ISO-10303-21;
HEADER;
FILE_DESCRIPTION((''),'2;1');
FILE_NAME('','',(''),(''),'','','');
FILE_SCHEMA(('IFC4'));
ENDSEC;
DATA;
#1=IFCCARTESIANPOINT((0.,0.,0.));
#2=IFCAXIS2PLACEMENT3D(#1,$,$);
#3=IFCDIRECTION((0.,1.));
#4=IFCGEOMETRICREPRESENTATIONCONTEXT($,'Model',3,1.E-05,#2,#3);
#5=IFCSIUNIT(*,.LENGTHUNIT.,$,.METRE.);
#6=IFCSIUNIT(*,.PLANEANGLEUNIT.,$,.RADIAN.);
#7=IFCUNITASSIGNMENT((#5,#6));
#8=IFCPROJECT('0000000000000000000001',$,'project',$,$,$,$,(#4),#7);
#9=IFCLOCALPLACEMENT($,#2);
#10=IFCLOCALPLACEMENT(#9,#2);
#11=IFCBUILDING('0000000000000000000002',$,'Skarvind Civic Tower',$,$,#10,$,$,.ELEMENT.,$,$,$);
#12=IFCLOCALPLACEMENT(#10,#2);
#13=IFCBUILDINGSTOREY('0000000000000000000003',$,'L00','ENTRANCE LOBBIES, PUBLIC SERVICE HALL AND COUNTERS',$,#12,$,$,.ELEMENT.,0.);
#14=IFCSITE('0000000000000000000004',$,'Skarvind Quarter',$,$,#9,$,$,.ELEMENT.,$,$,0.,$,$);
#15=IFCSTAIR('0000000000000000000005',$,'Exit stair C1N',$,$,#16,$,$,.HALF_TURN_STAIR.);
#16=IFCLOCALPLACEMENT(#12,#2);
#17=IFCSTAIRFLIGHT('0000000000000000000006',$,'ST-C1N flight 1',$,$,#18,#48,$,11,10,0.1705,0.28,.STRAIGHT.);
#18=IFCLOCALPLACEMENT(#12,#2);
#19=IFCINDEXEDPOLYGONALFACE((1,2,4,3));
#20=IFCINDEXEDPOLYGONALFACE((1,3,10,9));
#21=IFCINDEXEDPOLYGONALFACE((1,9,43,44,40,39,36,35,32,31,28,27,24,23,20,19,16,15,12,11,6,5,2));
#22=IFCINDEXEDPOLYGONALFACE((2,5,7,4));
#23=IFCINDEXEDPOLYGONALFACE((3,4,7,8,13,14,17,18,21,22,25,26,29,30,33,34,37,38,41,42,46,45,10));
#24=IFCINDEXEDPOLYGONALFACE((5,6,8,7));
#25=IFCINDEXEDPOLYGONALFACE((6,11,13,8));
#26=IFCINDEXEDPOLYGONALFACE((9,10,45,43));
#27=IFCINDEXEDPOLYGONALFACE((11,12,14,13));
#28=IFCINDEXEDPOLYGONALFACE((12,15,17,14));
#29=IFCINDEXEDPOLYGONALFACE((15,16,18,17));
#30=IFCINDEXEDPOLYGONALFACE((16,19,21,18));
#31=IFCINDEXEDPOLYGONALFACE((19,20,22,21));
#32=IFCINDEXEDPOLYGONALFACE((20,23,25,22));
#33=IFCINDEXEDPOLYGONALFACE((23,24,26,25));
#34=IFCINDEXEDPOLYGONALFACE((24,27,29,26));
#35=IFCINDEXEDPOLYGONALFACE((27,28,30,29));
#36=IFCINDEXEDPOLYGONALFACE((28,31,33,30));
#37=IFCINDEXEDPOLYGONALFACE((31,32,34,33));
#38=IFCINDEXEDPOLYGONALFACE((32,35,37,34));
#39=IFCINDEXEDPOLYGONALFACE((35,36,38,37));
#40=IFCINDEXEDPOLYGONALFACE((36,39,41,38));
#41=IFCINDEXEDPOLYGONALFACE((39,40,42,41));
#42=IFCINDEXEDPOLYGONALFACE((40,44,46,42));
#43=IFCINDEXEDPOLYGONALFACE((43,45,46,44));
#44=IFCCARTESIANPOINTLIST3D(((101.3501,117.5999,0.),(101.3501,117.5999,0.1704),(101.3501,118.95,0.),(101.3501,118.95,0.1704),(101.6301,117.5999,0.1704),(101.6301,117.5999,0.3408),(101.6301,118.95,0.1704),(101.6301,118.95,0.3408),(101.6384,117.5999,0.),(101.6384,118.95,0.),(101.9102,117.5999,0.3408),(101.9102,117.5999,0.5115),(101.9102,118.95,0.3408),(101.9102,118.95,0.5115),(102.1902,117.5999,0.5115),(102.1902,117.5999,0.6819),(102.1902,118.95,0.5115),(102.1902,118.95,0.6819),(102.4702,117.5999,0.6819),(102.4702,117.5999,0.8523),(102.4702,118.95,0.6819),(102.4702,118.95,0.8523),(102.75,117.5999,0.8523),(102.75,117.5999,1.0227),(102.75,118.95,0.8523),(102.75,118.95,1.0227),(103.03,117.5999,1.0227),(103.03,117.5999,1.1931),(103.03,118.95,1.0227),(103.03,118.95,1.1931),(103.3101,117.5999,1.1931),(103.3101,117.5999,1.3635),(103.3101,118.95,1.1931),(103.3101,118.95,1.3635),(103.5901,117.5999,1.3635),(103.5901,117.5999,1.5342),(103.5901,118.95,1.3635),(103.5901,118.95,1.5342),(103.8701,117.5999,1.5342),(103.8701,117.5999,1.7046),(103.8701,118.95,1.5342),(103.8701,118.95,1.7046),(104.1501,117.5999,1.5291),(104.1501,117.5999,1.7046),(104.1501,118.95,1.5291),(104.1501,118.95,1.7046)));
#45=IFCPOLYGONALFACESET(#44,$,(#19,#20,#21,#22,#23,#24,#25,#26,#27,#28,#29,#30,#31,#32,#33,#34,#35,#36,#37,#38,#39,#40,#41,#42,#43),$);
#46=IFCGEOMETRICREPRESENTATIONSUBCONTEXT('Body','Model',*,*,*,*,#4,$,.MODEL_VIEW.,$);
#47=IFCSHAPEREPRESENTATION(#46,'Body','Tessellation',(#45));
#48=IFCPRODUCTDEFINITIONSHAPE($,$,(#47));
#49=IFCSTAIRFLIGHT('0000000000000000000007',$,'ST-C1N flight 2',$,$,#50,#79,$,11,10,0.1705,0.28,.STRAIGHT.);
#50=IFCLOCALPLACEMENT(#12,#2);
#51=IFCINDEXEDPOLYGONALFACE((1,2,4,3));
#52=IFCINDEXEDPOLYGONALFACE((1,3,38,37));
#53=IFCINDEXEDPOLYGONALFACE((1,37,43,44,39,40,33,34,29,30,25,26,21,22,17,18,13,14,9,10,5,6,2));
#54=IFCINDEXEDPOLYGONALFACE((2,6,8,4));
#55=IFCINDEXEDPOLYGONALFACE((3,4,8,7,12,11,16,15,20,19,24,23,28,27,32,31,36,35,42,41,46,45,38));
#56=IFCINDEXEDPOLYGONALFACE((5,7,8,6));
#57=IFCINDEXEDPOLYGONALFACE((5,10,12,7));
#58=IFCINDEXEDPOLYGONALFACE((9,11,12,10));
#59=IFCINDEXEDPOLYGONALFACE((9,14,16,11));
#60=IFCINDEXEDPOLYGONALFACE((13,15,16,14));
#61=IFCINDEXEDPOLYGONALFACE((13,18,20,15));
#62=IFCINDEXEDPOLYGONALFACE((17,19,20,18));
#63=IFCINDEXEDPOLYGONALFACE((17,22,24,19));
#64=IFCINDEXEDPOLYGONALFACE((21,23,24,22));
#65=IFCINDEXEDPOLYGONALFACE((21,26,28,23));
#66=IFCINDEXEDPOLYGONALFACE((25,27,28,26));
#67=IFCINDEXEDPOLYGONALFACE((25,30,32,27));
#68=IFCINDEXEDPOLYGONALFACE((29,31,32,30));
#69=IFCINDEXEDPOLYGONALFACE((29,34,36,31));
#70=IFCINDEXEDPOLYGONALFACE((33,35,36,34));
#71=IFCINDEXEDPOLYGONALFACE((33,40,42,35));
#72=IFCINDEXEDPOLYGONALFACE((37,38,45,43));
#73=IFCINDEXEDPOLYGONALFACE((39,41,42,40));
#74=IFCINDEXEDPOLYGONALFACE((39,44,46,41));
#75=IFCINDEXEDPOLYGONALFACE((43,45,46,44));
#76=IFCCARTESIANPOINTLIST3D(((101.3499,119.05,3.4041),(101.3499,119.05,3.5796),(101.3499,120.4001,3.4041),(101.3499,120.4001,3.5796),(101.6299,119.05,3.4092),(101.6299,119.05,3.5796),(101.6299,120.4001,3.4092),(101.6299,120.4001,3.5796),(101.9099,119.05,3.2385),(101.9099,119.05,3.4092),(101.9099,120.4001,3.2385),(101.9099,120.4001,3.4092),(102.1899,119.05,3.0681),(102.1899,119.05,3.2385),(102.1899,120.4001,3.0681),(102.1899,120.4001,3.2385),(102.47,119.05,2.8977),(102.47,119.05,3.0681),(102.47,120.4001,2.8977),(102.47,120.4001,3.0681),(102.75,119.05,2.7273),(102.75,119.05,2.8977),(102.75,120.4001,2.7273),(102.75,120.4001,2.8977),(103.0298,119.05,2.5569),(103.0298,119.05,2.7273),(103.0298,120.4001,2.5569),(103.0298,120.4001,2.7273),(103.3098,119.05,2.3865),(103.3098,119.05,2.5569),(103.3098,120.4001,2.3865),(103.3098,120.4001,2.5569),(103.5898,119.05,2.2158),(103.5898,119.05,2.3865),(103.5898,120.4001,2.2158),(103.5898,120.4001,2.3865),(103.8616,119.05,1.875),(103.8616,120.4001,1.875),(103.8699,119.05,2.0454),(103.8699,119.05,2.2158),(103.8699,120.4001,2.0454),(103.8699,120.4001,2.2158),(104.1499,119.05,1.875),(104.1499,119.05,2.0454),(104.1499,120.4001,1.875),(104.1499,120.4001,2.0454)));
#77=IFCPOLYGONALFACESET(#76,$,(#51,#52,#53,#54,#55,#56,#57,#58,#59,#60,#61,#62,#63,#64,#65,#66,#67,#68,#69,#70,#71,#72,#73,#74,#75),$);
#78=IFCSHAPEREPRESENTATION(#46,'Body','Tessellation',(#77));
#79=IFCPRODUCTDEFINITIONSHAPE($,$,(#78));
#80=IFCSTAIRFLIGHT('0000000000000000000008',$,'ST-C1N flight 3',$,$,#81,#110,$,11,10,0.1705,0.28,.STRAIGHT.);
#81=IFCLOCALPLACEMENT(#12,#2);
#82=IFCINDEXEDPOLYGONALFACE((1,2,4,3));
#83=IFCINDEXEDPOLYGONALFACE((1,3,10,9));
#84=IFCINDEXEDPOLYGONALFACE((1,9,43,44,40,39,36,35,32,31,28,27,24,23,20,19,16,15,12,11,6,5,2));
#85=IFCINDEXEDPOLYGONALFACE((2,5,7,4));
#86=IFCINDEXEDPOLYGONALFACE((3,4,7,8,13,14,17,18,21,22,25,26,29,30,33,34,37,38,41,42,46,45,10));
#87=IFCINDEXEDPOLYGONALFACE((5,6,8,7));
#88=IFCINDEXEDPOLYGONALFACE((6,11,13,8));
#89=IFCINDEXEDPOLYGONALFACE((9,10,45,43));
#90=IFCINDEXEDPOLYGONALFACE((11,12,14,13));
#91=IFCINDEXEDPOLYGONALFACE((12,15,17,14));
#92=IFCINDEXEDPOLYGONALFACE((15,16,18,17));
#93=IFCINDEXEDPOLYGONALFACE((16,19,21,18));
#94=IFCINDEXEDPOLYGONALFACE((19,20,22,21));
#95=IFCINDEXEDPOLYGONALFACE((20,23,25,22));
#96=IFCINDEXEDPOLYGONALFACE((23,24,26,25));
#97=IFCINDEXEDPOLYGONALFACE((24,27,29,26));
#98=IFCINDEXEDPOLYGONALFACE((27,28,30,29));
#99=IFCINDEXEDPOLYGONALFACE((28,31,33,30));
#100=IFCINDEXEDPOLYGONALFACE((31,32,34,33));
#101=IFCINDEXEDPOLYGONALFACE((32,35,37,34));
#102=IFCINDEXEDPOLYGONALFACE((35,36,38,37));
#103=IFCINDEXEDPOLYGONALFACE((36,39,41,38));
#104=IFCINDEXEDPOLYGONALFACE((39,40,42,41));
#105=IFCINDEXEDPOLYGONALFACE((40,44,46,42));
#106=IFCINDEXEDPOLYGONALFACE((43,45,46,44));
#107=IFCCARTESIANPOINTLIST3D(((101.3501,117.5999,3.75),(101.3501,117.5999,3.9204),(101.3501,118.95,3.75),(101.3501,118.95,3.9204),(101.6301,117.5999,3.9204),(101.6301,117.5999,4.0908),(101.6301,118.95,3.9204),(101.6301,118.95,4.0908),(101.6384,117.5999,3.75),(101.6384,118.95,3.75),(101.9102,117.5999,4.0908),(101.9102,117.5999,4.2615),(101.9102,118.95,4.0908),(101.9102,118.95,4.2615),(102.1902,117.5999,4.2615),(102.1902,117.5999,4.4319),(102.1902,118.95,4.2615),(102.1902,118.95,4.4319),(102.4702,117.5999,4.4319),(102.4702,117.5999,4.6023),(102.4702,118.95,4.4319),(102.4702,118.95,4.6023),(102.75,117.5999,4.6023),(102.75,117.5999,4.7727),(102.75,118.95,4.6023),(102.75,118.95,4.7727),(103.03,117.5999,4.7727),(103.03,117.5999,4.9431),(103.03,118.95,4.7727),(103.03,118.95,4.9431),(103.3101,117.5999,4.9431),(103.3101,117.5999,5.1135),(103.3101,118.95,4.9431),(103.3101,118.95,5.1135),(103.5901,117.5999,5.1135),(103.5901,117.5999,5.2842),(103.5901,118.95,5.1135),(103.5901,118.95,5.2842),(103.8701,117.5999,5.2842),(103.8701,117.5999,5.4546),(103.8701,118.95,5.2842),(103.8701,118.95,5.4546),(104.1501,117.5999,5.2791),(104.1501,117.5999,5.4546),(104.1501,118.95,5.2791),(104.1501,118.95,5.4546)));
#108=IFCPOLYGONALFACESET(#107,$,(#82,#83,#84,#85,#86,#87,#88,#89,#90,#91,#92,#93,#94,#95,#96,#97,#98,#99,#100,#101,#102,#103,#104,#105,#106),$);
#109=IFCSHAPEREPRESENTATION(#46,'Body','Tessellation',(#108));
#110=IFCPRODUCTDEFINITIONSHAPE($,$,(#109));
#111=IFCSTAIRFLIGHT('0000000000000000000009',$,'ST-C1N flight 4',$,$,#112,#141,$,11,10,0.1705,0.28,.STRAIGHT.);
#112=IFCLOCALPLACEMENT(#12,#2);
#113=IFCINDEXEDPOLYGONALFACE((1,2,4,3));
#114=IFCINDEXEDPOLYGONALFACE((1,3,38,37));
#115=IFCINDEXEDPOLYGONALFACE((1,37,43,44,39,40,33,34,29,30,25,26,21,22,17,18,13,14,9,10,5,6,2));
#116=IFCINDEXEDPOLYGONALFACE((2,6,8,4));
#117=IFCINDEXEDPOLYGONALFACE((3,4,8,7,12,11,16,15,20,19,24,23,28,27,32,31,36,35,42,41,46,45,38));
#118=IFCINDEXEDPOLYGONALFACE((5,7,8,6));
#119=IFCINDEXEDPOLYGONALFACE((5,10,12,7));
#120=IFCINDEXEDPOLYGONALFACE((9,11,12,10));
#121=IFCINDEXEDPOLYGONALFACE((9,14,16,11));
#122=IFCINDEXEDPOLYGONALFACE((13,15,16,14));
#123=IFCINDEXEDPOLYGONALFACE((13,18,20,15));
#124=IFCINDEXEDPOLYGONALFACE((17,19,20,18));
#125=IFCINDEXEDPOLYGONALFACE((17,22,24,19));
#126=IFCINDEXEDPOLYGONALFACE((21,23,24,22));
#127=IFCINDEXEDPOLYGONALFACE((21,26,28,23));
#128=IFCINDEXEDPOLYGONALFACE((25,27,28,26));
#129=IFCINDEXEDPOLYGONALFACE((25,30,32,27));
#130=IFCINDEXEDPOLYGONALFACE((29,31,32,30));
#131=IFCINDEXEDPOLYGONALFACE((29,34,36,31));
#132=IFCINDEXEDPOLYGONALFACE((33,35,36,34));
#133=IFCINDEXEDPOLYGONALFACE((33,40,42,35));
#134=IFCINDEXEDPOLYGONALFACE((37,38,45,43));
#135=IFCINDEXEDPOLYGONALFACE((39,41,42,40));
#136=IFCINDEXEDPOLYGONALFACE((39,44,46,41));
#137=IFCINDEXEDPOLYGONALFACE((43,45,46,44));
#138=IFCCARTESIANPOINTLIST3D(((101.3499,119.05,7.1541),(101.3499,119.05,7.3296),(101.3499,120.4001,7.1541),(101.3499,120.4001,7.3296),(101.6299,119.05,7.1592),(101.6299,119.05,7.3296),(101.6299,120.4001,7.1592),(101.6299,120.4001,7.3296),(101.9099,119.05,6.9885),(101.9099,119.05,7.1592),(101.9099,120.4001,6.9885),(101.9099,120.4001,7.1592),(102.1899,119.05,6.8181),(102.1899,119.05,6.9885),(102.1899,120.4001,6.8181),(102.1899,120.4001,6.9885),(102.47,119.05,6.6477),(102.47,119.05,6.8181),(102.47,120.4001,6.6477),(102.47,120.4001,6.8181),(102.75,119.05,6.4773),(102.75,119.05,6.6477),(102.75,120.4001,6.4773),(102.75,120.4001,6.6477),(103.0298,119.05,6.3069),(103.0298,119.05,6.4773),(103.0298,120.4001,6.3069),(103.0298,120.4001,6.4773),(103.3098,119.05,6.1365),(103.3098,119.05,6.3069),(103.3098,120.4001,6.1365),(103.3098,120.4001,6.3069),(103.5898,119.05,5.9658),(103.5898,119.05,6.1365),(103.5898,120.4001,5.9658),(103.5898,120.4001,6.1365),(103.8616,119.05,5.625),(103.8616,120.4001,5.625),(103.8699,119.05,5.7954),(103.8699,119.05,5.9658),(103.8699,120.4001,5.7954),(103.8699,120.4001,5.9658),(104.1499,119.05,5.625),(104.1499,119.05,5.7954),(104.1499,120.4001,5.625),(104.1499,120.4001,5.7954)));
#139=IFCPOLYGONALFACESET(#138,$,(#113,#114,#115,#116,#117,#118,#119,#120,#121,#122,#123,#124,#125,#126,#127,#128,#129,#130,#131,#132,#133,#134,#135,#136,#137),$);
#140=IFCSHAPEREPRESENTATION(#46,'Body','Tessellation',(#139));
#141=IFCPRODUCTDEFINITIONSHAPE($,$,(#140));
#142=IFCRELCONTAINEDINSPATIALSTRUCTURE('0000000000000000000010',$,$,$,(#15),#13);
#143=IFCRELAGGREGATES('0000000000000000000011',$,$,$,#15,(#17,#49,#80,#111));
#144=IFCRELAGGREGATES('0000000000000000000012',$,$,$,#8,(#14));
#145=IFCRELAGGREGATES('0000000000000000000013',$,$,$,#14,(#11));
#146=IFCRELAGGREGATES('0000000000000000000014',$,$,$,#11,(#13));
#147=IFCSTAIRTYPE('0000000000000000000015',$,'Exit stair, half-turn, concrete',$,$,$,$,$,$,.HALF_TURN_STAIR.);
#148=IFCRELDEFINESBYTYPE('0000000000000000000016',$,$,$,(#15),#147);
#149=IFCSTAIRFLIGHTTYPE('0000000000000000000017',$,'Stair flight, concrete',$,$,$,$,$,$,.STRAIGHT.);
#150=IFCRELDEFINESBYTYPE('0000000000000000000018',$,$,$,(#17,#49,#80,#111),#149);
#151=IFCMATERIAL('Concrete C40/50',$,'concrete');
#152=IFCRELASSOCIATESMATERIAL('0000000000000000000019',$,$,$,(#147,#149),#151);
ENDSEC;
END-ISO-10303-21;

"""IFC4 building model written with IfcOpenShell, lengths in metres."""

from ifc_helpers import new_model, si_unit, direction, frame, origin, place, context, subcontext, project, spatial, polyline, outline, extrude, material, type_object, element, aggregate, save


model = new_model("IFC4")

# Units and contexts
model_context = context("Model", 3, precision=1e-05, world=origin(), true_north=direction((0.0, 1.0)))
body_context = subcontext(model_context, "Body", "Model", "MODEL_VIEW")
ifc_project = project(units=[si_unit("LENGTHUNIT", "METRE"), si_unit("PLANEANGLEUNIT", "RADIAN")], contexts=[model_context])

# Site, building, storey
site_placement = place(None, origin())
site = spatial("IfcSite", under=ifc_project, at=site_placement, Name="Skarvind Quarter", CompositionType="ELEMENT", RefElevation=0.0)
building_placement = place(site_placement, origin())
building = spatial("IfcBuilding", under=site, at=building_placement, Name="Skarvind Civic Tower", CompositionType="ELEMENT")
storey_placement = place(building_placement, origin())
storey = spatial("IfcBuildingStorey", under=building, at=storey_placement, Name="L00", Description="ENTRANCE LOBBIES, PUBLIC SERVICE HALL AND COUNTERS", CompositionType="ELEMENT", Elevation=0.0)

# Stair, stair flights
ifc_material_1 = material(Name="Concrete C40/50", Category="concrete")
stair_type = type_object("IfcStairType", Name="Exit stair, half-turn, concrete", PredefinedType="HALF_TURN_STAIR", material=ifc_material_1)
stair_placement = place(storey_placement, origin())
stair = element("IfcStair", 1, at=stair_placement, inside=storey, type_object=stair_type, Name="Exit stair C1N", PredefinedType="HALF_TURN_STAIR")
stair_flight_type = type_object("IfcStairFlightType", Name="Stair flight, concrete", PredefinedType="STRAIGHT", material=ifc_material_1)
stair_flight_1_placement = place(storey_placement, frame((101.3501, 118.2749, 0.0), z_axis=(0.0, 0.0, 1.0), x_axis=(1.0, 0.0, 0.0)))
stair_flight_1 = element("IfcStairFlight", 2, at=stair_flight_1_placement, type_object=stair_flight_type, Name="ST-C1N flight 1", NumberOfRisers=11, NumberOfTreads=10, PredefinedType="STRAIGHT", RiserHeight=0.1705, TreadLength=0.28, context=body_context, shape_type="SweptSolid", body=[
    extrude(outline(polyline([(0.0, 0.0), (0.0, 0.1704), (0.28, 0.1704), (0.28, 0.3408), (0.5601, 0.3408), (0.5601, 0.5115), (0.8401, 0.5115), (0.8401, 0.6819), (1.1201, 0.6819), (1.1201, 0.8523), (1.3999, 0.8523), (1.3999, 1.0227), (1.6799, 1.0227), (1.6799, 1.1931), (1.96, 1.1931), (1.96, 1.3635), (2.24, 1.3635), (2.24, 1.5342), (2.52, 1.5342), (2.52, 1.7046), (2.8, 1.7046), (2.8, 1.875), (2.8, 1.5291), (0.2883, 0.0), (0.0, 0.0)])), frame((0.0, 0.675, 0.0), z_axis=(0.0, -1.0, 0.0), x_axis=(1.0, 0.0, 0.0)), (0.0, 0.0, 1.0), 1.3501),
])
stair_flight_2_placement = place(storey_placement, frame((104.1499, 119.7251, 1.875), z_axis=(0.0, 0.0, 1.0), x_axis=(-1.0, 0.0, 0.0)))
stair_flight_2 = element("IfcStairFlight", 3, at=stair_flight_2_placement, type_object=stair_flight_type, Name="ST-C1N flight 2", NumberOfRisers=11, NumberOfTreads=10, PredefinedType="STRAIGHT", RiserHeight=0.1705, TreadLength=0.28, context=body_context, shape_type="SweptSolid", body=[
    extrude(outline(polyline([(0.0, 0.0), (0.0, 0.1704), (0.28, 0.1704), (0.28, 0.3408), (0.5601, 0.3408), (0.5601, 0.5115), (0.8401, 0.5115), (0.8401, 0.6819), (1.1201, 0.6819), (1.1201, 0.8523), (1.3999, 0.8523), (1.3999, 1.0227), (1.6799, 1.0227), (1.6799, 1.1931), (1.96, 1.1931), (1.96, 1.3635), (2.24, 1.3635), (2.24, 1.5342), (2.52, 1.5342), (2.52, 1.7046), (2.8, 1.7046), (2.8, 1.875), (2.8, 1.5291), (0.2883, 0.0), (0.0, 0.0)])), frame((0.0, 0.675, 0.0), z_axis=(0.0, -1.0, 0.0), x_axis=(1.0, 0.0, 0.0)), (0.0, 0.0, 1.0), 1.3501),
])
stair_flight_3_placement = place(storey_placement, frame((101.3501, 118.2749, 3.75), z_axis=(0.0, 0.0, 1.0), x_axis=(1.0, 0.0, 0.0)))
stair_flight_3 = element("IfcStairFlight", 4, at=stair_flight_3_placement, type_object=stair_flight_type, Name="ST-C1N flight 3", NumberOfRisers=11, NumberOfTreads=10, PredefinedType="STRAIGHT", RiserHeight=0.1705, TreadLength=0.28, context=body_context, shape_type="SweptSolid", body=[
    extrude(outline(polyline([(0.0, 0.0), (0.0, 0.1704), (0.28, 0.1704), (0.28, 0.3408), (0.5601, 0.3408), (0.5601, 0.5115), (0.8401, 0.5115), (0.8401, 0.6819), (1.1201, 0.6819), (1.1201, 0.8523), (1.3999, 0.8523), (1.3999, 1.0227), (1.6799, 1.0227), (1.6799, 1.1931), (1.96, 1.1931), (1.96, 1.3635), (2.24, 1.3635), (2.24, 1.5342), (2.52, 1.5342), (2.52, 1.7046), (2.8, 1.7046), (2.8, 1.875), (2.8, 1.5291), (0.2883, 0.0), (0.0, 0.0)])), frame((0.0, 0.675, 0.0), z_axis=(0.0, -1.0, 0.0), x_axis=(1.0, 0.0, 0.0)), (0.0, 0.0, 1.0), 1.3501),
])
stair_flight_4_placement = place(storey_placement, frame((104.1499, 119.7251, 5.625), z_axis=(0.0, 0.0, 1.0), x_axis=(-1.0, 0.0, 0.0)))
stair_flight_4 = element("IfcStairFlight", 5, at=stair_flight_4_placement, type_object=stair_flight_type, Name="ST-C1N flight 4", NumberOfRisers=11, NumberOfTreads=10, PredefinedType="STRAIGHT", RiserHeight=0.1705, TreadLength=0.28, context=body_context, shape_type="SweptSolid", body=[
    extrude(outline(polyline([(0.0, 0.0), (0.0, 0.1704), (0.28, 0.1704), (0.28, 0.3408), (0.5601, 0.3408), (0.5601, 0.5115), (0.8401, 0.5115), (0.8401, 0.6819), (1.1201, 0.6819), (1.1201, 0.8523), (1.3999, 0.8523), (1.3999, 1.0227), (1.6799, 1.0227), (1.6799, 1.1931), (1.96, 1.1931), (1.96, 1.3635), (2.24, 1.3635), (2.24, 1.5342), (2.52, 1.5342), (2.52, 1.7046), (2.8, 1.7046), (2.8, 1.875), (2.8, 1.5291), (0.2883, 0.0), (0.0, 0.0)])), frame((0.0, 0.675, 0.0), z_axis=(0.0, -1.0, 0.0), x_axis=(1.0, 0.0, 0.0)), (0.0, 0.0, 1.0), 1.3501),
])
aggregate(stair, [stair_flight_1, stair_flight_2, stair_flight_3, stair_flight_4])

save(model, "model.ifc")
